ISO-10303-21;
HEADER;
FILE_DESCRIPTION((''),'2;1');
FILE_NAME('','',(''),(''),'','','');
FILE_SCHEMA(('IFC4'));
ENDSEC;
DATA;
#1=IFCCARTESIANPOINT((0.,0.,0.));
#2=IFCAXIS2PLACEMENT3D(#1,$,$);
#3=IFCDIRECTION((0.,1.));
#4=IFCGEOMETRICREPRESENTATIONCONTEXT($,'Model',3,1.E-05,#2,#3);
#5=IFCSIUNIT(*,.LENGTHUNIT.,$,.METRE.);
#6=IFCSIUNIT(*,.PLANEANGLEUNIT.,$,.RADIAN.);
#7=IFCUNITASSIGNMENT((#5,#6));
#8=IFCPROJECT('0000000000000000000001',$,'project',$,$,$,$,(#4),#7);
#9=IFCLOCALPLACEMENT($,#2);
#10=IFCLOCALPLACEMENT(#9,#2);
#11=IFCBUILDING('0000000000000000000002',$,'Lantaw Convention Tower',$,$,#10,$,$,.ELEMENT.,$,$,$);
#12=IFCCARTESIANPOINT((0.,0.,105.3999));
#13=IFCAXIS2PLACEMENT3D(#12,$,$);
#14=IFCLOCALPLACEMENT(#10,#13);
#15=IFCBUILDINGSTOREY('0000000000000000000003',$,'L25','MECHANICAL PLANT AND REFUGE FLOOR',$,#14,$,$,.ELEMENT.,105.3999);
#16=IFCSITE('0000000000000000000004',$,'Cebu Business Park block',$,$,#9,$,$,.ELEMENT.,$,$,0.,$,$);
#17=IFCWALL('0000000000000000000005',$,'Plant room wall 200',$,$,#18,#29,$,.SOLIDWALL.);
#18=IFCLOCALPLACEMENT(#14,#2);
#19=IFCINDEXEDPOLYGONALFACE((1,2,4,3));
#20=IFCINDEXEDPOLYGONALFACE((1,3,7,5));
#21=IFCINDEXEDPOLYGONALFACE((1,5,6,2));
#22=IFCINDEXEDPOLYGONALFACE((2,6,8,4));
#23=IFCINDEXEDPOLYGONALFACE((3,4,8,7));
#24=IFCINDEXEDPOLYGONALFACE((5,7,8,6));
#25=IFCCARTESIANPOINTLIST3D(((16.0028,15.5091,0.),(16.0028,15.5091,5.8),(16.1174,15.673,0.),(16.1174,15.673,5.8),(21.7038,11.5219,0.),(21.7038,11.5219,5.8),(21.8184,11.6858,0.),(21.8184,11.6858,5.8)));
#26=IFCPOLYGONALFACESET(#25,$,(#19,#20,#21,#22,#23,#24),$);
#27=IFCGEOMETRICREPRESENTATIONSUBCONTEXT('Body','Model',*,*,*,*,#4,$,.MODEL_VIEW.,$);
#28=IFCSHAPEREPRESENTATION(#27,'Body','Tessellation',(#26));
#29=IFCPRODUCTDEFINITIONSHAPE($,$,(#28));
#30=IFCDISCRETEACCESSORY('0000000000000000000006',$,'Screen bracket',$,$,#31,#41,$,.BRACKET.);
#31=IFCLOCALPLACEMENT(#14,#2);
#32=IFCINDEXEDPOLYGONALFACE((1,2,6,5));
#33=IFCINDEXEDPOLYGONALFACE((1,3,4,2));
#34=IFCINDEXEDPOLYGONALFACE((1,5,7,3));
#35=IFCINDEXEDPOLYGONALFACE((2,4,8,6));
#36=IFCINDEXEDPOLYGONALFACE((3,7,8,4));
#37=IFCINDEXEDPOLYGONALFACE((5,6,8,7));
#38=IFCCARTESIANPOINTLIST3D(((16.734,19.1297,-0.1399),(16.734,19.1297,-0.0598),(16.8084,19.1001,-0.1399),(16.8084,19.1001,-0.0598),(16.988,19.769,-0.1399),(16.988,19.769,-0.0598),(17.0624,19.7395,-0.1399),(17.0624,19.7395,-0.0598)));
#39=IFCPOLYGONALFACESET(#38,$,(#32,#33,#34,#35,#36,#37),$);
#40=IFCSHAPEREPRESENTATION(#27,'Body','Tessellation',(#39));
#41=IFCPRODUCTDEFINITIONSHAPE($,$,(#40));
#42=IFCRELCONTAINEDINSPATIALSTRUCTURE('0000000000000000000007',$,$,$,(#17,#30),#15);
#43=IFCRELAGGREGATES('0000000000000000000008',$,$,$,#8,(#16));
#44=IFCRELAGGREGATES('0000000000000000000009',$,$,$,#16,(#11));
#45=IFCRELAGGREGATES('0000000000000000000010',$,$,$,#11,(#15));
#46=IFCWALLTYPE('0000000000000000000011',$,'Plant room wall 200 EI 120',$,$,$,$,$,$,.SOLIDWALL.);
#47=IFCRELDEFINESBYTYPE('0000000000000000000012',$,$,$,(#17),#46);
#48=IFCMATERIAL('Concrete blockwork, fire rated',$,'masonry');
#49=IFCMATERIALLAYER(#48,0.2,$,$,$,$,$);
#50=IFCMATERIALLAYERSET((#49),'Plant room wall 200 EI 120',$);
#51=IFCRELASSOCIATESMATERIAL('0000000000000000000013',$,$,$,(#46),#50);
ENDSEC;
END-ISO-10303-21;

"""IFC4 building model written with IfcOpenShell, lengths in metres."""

from ifc_helpers import new_model, si_unit, direction, frame, frame_2d, origin, origin_2d, place, context, subcontext, project, spatial, rectangle, extrude, material, layer, layer_set, type_object, element, save


model = new_model("IFC4")

# Units and contexts
model_context = context("Model", 3, precision=1e-05, world=origin(), true_north=direction((0.0, 1.0)))
body_context = subcontext(model_context, "Body", "Model", "MODEL_VIEW")
ifc_project = project(units=[si_unit("LENGTHUNIT", "METRE"), si_unit("PLANEANGLEUNIT", "RADIAN")], contexts=[model_context])

# Site, building, storey
site_placement = place(None, origin())
site = spatial("IfcSite", under=ifc_project, at=site_placement, Name="Cebu Business Park block", CompositionType="ELEMENT", RefElevation=0.0)
building_placement = place(site_placement, origin())
building = spatial("IfcBuilding", under=site, at=building_placement, Name="Lantaw Convention Tower", CompositionType="ELEMENT")
storey_placement = place(building_placement, frame((0.0, 0.0, 105.3999)))
storey = spatial("IfcBuildingStorey", under=building, at=storey_placement, Name="L25", Description="MECHANICAL PLANT AND REFUGE FLOOR", CompositionType="ELEMENT", Elevation=105.3999)

# Wall
ifc_material_1 = material(Name="Concrete blockwork, fire rated", Category="masonry")
ifc_layer_1 = layer(ifc_material_1, 0.2)
ifc_layer_set_1 = layer_set([ifc_layer_1], Name="Plant room wall 200 EI 120")
wall_type = type_object("IfcWallType", Name="Plant room wall 200 EI 120", PredefinedType="SOLIDWALL", material=ifc_layer_set_1)
wall_placement = place(storey_placement, frame((16.0601, 15.5911, 0.0), z_axis=(0.0, 0.0, 1.0), x_axis=(0.819469, -0.573123, 0.0)))
element("IfcWall", 1, at=wall_placement, inside=storey, type_object=wall_type, Name="Plant room wall 200", PredefinedType="SOLIDWALL", context=body_context, shape_type="SweptSolid", body=[
    extrude(rectangle(XDim=6.957, YDim=0.2, at=frame_2d((3.4785, 0.0))), origin(), (0.0, 0.0, 1.0), 5.8),
])

# Discrete accessory
discrete_accessory_placement = place(storey_placement, frame((16.8982, 19.4346, -0.1399), z_axis=(0.0, 0.0, 1.0), x_axis=(-0.929361, 0.369172, 0.0)))
element("IfcDiscreteAccessory", 2, at=discrete_accessory_placement, inside=storey, Name="Screen bracket", PredefinedType="BRACKET", context=body_context, shape_type="SweptSolid", body=[
    extrude(rectangle(XDim=0.0801, YDim=0.688, at=origin_2d()), origin(), (0.0, 0.0, 1.0), 0.0801),
])

save(model, "model.ifc")
